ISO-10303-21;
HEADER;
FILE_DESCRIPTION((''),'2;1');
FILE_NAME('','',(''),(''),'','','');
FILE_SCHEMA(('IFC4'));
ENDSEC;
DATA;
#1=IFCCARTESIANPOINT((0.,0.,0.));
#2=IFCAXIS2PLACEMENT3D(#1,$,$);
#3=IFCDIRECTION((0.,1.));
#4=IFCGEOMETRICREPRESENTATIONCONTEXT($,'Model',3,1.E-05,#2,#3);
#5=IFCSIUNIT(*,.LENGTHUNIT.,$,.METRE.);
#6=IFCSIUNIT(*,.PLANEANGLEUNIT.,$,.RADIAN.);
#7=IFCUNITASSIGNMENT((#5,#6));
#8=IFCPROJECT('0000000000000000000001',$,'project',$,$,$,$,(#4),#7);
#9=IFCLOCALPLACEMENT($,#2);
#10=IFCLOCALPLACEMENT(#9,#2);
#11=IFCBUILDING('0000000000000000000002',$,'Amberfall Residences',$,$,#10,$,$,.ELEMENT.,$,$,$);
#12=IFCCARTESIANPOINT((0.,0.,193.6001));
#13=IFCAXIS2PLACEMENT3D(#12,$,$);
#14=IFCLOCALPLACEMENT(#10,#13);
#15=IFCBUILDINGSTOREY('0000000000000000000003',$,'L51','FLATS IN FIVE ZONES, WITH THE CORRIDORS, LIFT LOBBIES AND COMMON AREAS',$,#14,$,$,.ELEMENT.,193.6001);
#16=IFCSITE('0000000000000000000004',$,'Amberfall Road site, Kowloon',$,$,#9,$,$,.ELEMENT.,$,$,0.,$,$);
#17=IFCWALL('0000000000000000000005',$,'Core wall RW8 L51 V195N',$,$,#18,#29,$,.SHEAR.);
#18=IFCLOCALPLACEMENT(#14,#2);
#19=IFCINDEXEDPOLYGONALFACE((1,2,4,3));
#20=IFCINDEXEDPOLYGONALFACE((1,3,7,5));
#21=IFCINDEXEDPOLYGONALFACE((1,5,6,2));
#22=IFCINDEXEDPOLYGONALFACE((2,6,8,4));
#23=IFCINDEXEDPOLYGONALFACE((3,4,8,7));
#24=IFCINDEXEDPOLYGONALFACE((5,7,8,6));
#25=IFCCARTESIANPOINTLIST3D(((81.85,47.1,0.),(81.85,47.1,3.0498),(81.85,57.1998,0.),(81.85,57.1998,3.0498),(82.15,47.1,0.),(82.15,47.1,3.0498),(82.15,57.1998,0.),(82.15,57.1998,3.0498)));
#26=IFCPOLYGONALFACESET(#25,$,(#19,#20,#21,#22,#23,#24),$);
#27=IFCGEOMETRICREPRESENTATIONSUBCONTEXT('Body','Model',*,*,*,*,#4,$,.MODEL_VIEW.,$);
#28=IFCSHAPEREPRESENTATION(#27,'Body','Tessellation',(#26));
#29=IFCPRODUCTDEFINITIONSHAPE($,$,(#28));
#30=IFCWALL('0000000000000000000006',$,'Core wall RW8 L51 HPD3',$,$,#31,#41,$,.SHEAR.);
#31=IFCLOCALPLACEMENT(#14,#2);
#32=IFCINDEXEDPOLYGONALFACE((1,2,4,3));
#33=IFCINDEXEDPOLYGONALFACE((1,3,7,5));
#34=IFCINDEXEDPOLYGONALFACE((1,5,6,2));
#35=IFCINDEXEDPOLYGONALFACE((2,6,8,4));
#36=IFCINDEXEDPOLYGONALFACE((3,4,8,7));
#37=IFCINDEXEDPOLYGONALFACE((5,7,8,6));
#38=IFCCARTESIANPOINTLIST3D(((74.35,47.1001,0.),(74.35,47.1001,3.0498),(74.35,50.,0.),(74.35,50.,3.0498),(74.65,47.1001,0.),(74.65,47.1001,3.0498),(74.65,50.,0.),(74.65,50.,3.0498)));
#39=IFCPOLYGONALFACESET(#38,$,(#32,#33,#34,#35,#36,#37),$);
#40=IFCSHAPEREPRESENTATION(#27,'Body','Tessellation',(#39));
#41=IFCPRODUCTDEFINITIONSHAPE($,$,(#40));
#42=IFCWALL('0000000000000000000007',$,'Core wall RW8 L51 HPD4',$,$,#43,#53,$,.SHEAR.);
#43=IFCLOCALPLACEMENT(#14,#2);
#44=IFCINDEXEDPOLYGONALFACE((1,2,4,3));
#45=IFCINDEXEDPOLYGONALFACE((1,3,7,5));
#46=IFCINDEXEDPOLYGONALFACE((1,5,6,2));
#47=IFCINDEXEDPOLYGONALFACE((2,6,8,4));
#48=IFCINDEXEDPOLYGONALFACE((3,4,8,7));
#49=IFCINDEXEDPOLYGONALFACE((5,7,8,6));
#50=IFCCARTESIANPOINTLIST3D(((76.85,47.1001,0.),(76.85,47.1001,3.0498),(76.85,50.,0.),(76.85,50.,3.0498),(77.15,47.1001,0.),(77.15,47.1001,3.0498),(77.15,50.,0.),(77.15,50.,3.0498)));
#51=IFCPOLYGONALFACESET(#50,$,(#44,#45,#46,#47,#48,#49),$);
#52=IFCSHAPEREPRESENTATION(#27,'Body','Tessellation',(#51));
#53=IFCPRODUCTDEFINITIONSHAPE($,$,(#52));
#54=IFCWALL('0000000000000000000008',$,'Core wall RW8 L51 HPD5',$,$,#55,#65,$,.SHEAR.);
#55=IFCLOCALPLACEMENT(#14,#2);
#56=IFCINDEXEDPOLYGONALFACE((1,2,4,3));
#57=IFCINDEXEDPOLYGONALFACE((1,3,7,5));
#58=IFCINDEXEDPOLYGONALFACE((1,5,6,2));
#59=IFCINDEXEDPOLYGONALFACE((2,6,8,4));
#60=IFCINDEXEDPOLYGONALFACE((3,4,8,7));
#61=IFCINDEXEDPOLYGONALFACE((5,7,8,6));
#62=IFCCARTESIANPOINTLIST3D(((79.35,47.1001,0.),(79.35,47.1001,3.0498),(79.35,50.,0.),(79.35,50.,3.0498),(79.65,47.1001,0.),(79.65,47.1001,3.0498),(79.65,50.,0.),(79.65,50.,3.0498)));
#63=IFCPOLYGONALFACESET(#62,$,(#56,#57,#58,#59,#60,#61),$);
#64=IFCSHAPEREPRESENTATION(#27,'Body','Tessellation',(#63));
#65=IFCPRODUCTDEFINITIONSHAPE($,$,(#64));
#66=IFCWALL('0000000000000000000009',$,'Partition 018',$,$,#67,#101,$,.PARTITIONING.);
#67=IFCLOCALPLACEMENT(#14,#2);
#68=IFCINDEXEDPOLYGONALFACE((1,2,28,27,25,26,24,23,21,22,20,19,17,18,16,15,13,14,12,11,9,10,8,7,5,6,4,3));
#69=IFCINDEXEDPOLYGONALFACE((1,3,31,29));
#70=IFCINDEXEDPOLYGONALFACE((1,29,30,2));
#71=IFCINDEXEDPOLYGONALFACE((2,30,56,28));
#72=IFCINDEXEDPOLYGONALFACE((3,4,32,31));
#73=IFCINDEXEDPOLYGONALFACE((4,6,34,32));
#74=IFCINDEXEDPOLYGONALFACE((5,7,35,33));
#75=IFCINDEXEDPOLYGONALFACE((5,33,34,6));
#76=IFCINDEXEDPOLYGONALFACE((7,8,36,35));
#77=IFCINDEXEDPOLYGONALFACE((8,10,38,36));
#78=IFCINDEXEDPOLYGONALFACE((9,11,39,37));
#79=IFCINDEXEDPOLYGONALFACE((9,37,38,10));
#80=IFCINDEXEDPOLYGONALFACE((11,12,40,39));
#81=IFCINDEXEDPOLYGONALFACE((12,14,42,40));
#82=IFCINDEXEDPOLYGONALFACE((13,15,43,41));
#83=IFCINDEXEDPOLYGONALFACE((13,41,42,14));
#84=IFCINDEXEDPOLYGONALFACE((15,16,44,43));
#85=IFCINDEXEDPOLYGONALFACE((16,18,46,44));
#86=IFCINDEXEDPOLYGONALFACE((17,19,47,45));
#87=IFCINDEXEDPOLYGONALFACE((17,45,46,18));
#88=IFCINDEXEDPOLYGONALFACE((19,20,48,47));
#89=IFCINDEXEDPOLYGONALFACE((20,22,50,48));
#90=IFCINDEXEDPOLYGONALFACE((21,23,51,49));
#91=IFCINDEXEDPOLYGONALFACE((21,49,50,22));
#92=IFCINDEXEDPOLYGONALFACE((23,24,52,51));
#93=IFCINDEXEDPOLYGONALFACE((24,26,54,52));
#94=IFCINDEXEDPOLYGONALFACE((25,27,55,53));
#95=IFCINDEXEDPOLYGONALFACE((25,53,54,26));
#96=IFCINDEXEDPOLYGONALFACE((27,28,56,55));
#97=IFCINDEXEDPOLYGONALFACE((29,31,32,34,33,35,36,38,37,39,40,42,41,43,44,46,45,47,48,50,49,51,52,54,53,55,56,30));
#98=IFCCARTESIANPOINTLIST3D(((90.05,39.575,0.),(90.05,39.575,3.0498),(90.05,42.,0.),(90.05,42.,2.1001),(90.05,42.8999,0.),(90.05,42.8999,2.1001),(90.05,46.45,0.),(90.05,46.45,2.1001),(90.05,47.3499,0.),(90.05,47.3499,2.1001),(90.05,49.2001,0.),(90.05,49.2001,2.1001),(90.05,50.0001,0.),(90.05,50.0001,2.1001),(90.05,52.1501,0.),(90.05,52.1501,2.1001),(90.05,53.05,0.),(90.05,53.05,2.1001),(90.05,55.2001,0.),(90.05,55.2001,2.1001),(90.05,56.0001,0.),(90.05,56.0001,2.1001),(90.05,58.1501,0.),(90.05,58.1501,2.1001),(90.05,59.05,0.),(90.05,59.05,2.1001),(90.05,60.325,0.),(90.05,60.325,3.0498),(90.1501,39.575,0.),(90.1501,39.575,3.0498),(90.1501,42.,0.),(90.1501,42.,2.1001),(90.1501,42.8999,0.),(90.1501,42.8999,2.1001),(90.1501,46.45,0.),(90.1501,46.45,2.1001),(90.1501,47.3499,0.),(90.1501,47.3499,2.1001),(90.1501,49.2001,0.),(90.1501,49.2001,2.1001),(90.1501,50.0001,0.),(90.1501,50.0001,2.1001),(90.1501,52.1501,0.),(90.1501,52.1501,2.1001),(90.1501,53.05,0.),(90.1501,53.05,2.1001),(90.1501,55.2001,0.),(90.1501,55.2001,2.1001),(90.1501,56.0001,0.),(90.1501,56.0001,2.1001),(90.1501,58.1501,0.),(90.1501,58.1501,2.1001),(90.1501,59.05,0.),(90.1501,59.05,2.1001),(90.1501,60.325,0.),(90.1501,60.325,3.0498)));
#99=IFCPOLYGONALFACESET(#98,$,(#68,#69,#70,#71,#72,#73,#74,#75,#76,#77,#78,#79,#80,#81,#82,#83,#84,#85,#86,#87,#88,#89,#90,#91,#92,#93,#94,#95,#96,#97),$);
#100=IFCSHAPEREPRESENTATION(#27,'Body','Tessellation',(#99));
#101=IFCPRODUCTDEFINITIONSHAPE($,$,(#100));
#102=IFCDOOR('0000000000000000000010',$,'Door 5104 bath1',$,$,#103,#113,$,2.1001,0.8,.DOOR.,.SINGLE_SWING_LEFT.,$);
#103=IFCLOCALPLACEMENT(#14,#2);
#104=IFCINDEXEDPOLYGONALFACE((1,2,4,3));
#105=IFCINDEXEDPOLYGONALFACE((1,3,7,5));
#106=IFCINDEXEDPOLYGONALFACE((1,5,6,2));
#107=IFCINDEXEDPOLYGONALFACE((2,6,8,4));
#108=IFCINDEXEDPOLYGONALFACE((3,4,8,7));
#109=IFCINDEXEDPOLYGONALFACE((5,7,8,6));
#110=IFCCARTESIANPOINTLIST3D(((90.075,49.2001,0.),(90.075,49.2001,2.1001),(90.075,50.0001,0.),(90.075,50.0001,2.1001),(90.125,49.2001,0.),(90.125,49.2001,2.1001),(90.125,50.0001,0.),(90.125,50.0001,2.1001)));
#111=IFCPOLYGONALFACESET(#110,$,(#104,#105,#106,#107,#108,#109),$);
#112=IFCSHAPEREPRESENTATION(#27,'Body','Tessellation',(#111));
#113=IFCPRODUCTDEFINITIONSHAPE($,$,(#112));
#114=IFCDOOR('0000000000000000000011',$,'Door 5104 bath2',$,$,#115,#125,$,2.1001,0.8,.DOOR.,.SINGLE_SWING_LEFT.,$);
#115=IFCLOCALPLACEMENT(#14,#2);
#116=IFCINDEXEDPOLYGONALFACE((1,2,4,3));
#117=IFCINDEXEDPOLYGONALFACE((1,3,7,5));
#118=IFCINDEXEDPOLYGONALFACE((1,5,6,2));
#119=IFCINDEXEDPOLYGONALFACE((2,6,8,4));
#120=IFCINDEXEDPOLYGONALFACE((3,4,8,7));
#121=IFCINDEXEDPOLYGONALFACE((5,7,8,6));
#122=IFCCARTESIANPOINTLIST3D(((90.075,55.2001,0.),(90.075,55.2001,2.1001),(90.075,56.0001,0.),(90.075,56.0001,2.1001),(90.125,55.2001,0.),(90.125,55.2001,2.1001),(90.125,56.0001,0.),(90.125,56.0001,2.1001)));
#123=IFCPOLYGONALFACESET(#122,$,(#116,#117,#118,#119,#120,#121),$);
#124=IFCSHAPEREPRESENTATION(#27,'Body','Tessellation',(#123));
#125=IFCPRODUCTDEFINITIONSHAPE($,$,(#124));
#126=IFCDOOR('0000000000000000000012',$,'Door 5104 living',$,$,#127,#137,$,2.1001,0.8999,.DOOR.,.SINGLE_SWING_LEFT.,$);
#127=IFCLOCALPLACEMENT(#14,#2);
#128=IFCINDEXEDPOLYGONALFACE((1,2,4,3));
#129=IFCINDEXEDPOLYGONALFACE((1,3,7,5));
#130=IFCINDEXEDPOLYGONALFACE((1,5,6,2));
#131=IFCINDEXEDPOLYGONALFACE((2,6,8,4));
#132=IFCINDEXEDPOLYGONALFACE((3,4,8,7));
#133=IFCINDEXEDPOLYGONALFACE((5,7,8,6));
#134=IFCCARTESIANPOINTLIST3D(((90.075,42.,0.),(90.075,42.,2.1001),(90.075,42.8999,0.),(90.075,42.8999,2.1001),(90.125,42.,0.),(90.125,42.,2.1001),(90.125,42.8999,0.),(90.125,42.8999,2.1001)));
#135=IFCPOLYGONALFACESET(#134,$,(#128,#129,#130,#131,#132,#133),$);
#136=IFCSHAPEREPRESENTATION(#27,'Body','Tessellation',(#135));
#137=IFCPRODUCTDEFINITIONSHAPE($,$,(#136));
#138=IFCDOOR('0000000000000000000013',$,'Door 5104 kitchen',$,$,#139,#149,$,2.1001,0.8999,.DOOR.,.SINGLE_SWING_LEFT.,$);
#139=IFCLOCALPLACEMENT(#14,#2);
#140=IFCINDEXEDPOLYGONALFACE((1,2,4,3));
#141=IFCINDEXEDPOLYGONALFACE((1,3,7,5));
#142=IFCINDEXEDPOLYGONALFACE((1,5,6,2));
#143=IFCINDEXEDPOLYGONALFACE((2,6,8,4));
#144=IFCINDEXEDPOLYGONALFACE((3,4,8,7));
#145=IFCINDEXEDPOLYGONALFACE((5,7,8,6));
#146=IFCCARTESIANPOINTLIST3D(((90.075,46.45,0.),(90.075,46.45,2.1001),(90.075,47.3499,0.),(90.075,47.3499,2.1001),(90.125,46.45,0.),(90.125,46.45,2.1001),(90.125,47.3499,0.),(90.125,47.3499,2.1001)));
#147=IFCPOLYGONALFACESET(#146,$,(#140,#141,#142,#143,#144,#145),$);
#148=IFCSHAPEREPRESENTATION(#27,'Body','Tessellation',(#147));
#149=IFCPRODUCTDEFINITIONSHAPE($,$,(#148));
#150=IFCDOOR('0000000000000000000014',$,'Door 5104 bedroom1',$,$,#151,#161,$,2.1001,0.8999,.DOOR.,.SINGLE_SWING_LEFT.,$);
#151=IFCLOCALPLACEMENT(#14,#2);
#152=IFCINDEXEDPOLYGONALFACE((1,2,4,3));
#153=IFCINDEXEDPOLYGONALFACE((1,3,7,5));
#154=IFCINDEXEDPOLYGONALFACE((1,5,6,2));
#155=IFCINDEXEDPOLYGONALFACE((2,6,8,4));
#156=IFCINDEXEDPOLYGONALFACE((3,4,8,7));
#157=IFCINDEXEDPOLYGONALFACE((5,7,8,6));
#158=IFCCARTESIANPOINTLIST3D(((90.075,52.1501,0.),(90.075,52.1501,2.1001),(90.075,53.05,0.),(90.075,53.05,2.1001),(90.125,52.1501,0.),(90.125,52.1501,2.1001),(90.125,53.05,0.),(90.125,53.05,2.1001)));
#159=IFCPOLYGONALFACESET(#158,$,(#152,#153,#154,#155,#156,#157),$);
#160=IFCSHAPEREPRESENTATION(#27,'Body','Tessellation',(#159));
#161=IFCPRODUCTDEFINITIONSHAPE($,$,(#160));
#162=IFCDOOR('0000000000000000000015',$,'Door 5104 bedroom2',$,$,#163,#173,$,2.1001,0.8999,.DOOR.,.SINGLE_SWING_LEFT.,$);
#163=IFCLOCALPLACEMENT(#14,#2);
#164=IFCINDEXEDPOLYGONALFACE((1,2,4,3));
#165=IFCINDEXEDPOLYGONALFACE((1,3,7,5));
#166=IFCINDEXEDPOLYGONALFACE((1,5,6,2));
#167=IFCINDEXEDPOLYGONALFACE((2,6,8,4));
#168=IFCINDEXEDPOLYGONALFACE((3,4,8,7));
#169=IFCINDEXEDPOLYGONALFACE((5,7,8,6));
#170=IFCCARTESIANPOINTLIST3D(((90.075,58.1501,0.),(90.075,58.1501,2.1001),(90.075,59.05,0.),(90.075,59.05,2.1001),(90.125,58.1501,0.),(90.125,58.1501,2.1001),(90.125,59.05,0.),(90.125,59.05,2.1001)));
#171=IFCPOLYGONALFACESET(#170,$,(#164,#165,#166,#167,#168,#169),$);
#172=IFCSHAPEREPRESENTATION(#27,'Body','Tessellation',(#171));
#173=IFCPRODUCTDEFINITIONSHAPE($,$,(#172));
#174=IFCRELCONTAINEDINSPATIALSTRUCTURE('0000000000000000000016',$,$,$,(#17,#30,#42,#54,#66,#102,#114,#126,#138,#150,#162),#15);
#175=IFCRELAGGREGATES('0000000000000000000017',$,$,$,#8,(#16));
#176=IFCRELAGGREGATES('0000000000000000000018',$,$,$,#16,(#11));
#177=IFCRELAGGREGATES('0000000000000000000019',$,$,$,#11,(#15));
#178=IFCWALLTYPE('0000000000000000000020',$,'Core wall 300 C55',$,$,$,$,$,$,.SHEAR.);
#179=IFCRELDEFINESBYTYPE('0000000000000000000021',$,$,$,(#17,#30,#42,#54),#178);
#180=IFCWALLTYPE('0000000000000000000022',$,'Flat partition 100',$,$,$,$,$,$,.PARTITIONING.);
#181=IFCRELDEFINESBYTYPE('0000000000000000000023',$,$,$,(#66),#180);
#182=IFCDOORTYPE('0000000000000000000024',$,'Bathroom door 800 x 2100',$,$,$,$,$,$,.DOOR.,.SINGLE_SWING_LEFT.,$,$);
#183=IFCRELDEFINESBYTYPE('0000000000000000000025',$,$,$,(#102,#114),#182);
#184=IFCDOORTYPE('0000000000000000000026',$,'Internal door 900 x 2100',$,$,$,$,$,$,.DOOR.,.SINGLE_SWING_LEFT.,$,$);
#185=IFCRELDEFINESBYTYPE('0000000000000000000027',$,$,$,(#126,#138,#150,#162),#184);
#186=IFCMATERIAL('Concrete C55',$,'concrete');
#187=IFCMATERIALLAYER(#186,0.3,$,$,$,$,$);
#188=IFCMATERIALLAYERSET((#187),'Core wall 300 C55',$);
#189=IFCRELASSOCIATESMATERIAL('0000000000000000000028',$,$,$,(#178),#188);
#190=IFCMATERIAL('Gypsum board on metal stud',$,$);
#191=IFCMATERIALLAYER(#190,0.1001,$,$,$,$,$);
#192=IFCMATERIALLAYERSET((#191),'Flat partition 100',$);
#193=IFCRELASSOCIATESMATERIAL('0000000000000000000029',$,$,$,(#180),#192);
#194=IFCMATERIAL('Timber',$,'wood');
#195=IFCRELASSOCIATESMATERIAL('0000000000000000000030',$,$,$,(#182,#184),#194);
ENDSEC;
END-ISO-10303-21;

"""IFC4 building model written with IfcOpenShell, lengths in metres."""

from ifc_helpers import new_model, si_unit, direction, frame, frame_2d, origin, place, context, subcontext, project, spatial, rectangle, extrude, material, layer, layer_set, type_object, element, fill, save


model = new_model("IFC4")

# Units and contexts
model_context = context("Model", 3, precision=1e-05, world=origin(), true_north=direction((0.0, 1.0)))
body_context = subcontext(model_context, "Body", "Model", "MODEL_VIEW")
ifc_project = project(units=[si_unit("LENGTHUNIT", "METRE"), si_unit("PLANEANGLEUNIT", "RADIAN")], contexts=[model_context])

# Site, building, storey
site_placement = place(None, origin())
site = spatial("IfcSite", under=ifc_project, at=site_placement, Name="Amberfall Road site, Kowloon", CompositionType="ELEMENT", RefElevation=0.0)
building_placement = place(site_placement, origin())
building = spatial("IfcBuilding", under=site, at=building_placement, Name="Amberfall Residences", CompositionType="ELEMENT")
storey_placement = place(building_placement, frame((0.0, 0.0, 193.6001)))
storey = spatial("IfcBuildingStorey", under=building, at=storey_placement, Name="L51", Description="FLATS IN FIVE ZONES, WITH THE CORRIDORS, LIFT LOBBIES AND COMMON AREAS", CompositionType="ELEMENT", Elevation=193.6001)

# Walls
ifc_material_1 = material(Name="Concrete C55", Category="concrete")
ifc_layer_1 = layer(ifc_material_1, 0.3)
ifc_layer_set_1 = layer_set([ifc_layer_1], Name="Core wall 300 C55")
wall_type_1 = type_object("IfcWallType", Name="Core wall 300 C55", PredefinedType="SHEAR", material=ifc_layer_set_1)
wall_1_placement = place(storey_placement, frame((82.0, 47.1001, 0.0), z_axis=(0.0, 0.0, 1.0), x_axis=(0.0, 1.0, 0.0)))
element("IfcWall", 1, at=wall_1_placement, inside=storey, type_object=wall_type_1, Name="Core wall RW8 L51 V195N", PredefinedType="SHEAR", context=body_context, shape_type="SweptSolid", body=[
    extrude(rectangle(XDim=10.0999, YDim=0.3, at=frame_2d((5.0498, 0.0))), origin(), (0.0, 0.0, 1.0), 3.0498),
])
for number, where, z_axis, x_axis, name in (
    (2, (74.5, 47.1001, 0.0), (0.0, 0.0, 1.0), (0.0, 1.0, 0.0), "Core wall RW8 L51 HPD3"),
    (3, (77.0, 47.1001, 0.0), (0.0, 0.0, 1.0), (0.0, 1.0, 0.0), "Core wall RW8 L51 HPD4"),
    (4, (79.5, 47.1001, 0.0), (0.0, 0.0, 1.0), (0.0, 1.0, 0.0), "Core wall RW8 L51 HPD5"),
):
    element("IfcWall", number, at=place(storey_placement, frame(where, z_axis=z_axis, x_axis=x_axis)), inside=storey, type_object=wall_type_1, Name=name, PredefinedType="SHEAR", context=body_context, shape_type="SweptSolid", body=[
        extrude(rectangle(XDim=2.8999, YDim=0.3, at=frame_2d((1.45, 0.0))), origin(), (0.0, 0.0, 1.0), 3.0498),
    ])

# Wall, openings, doors
ifc_material_2 = material(Name="Gypsum board on metal stud")
ifc_layer_2 = layer(ifc_material_2, 0.1001)
ifc_layer_set_2 = layer_set([ifc_layer_2], Name="Flat partition 100")
wall_type_2 = type_object("IfcWallType", Name="Flat partition 100", PredefinedType="PARTITIONING", material=ifc_layer_set_2)
wall_2_placement = place(storey_placement, frame((90.1001, 60.325, 0.0), z_axis=(0.0, 0.0, 1.0), x_axis=(0.0, -1.0, 0.0)))
wall_2 = element("IfcWall", 5, at=wall_2_placement, inside=storey, type_object=wall_type_2, Name="Partition 018", PredefinedType="PARTITIONING", context=body_context, shape_type="SweptSolid", body=[
    extrude(rectangle(XDim=20.75, YDim=0.1001, at=frame_2d((10.375, 0.0))), origin(), (0.0, 0.0, 1.0), 3.0498),
])
opening_1_placement = place(wall_2_placement, frame((17.425, 0.0, 0.0)))
opening_1 = element("IfcOpeningElement", 6, at=opening_1_placement, cuts=wall_2, PredefinedType="OPENING", context=body_context, shape_type="SweptSolid", body=[
    extrude(rectangle(XDim=0.8999, YDim=2.1001, at=frame_2d((0.45, 1.05))), frame((0.0, 0.0601, 0.0), z_axis=(0.0, -1.0, 0.0), x_axis=(1.0, 0.0, 0.0)), (0.0, 0.0, 1.0), 0.1201),
])
opening_2_placement = place(wall_2_placement, frame((12.9751, 0.0, 0.0)))
opening_2 = element("IfcOpeningElement", 7, at=opening_2_placement, cuts=wall_2, PredefinedType="OPENING", context=body_context, shape_type="SweptSolid", body=[
    extrude(rectangle(XDim=0.8999, YDim=2.1001, at=frame_2d((0.45, 1.05))), frame((0.0, 0.0601, 0.0), z_axis=(0.0, -1.0, 0.0), x_axis=(1.0, 0.0, 0.0)), (0.0, 0.0, 1.0), 0.1201),
])
opening_3_placement = place(wall_2_placement, frame((7.2749, 0.0, 0.0)))
opening_3 = element("IfcOpeningElement", 8, at=opening_3_placement, cuts=wall_2, PredefinedType="OPENING", context=body_context, shape_type="SweptSolid", body=[
    extrude(rectangle(XDim=0.8999, YDim=2.1001, at=frame_2d((0.45, 1.05))), frame((0.0, 0.0601, 0.0), z_axis=(0.0, -1.0, 0.0), x_axis=(1.0, 0.0, 0.0)), (0.0, 0.0, 1.0), 0.1201),
])
opening_4_placement = place(wall_2_placement, frame((1.2749, 0.0, 0.0)))
opening_4 = element("IfcOpeningElement", 9, at=opening_4_placement, cuts=wall_2, PredefinedType="OPENING", context=body_context, shape_type="SweptSolid", body=[
    extrude(rectangle(XDim=0.8999, YDim=2.1001, at=frame_2d((0.45, 1.05))), frame((0.0, 0.0601, 0.0), z_axis=(0.0, -1.0, 0.0), x_axis=(1.0, 0.0, 0.0)), (0.0, 0.0, 1.0), 0.1201),
])
opening_5_placement = place(wall_2_placement, frame((10.325, 0.0, 0.0)))
opening_5 = element("IfcOpeningElement", 10, at=opening_5_placement, cuts=wall_2, PredefinedType="OPENING", context=body_context, shape_type="SweptSolid", body=[
    extrude(rectangle(XDim=0.8, YDim=2.1001, at=frame_2d((0.3999, 1.05))), frame((0.0, 0.0601, 0.0), z_axis=(0.0, -1.0, 0.0), x_axis=(1.0, 0.0, 0.0)), (0.0, 0.0, 1.0), 0.1201),
])
opening_6_placement = place(wall_2_placement, frame((4.325, 0.0, 0.0)))
opening_6 = element("IfcOpeningElement", 11, at=opening_6_placement, cuts=wall_2, PredefinedType="OPENING", context=body_context, shape_type="SweptSolid", body=[
    extrude(rectangle(XDim=0.8, YDim=2.1001, at=frame_2d((0.3999, 1.05))), frame((0.0, 0.0601, 0.0), z_axis=(0.0, -1.0, 0.0), x_axis=(1.0, 0.0, 0.0)), (0.0, 0.0, 1.0), 0.1201),
])
ifc_material_3 = material(Name="Timber", Category="wood")
door_type_1 = type_object("IfcDoorType", Name="Bathroom door 800 x 2100", OperationType="SINGLE_SWING_LEFT", PredefinedType="DOOR", material=ifc_material_3)
door_1_placement = place(opening_5_placement, origin())
door_1 = element("IfcDoor", 12, at=door_1_placement, inside=storey, type_object=door_type_1, Name="Door 5104 bath1", OperationType="SINGLE_SWING_LEFT", OverallHeight=2.1001, OverallWidth=0.8, PredefinedType="DOOR", context=body_context, shape_type="SweptSolid", body=[
    extrude(rectangle(XDim=0.8, YDim=2.1001, at=frame_2d((0.3999, 1.05))), frame((0.0, 0.0249, 0.0), z_axis=(0.0, -1.0, 0.0), x_axis=(1.0, 0.0, 0.0)), (0.0, 0.0, 1.0), 0.05),
])
fill(opening_5, door_1)
door_2_placement = place(opening_6_placement, origin())
door_2 = element("IfcDoor", 13, at=door_2_placement, inside=storey, type_object=door_type_1, Name="Door 5104 bath2", OperationType="SINGLE_SWING_LEFT", OverallHeight=2.1001, OverallWidth=0.8, PredefinedType="DOOR", context=body_context, shape_type="SweptSolid", body=[
    extrude(rectangle(XDim=0.8, YDim=2.1001, at=frame_2d((0.3999, 1.05))), frame((0.0, 0.0249, 0.0), z_axis=(0.0, -1.0, 0.0), x_axis=(1.0, 0.0, 0.0)), (0.0, 0.0, 1.0), 0.05),
])
fill(opening_6, door_2)
door_type_2 = type_object("IfcDoorType", Name="Internal door 900 x 2100", OperationType="SINGLE_SWING_LEFT", PredefinedType="DOOR", material=ifc_material_3)
door_3_placement = place(opening_1_placement, origin())
door_3 = element("IfcDoor", 14, at=door_3_placement, inside=storey, type_object=door_type_2, Name="Door 5104 living", OperationType="SINGLE_SWING_LEFT", OverallHeight=2.1001, OverallWidth=0.8999, PredefinedType="DOOR", context=body_context, shape_type="SweptSolid", body=[
    extrude(rectangle(XDim=0.8999, YDim=2.1001, at=frame_2d((0.45, 1.05))), frame((0.0, 0.0249, 0.0), z_axis=(0.0, -1.0, 0.0), x_axis=(1.0, 0.0, 0.0)), (0.0, 0.0, 1.0), 0.05),
])
fill(opening_1, door_3)
door_4_placement = place(opening_2_placement, origin())
door_4 = element("IfcDoor", 15, at=door_4_placement, inside=storey, type_object=door_type_2, Name="Door 5104 kitchen", OperationType="SINGLE_SWING_LEFT", OverallHeight=2.1001, OverallWidth=0.8999, PredefinedType="DOOR", context=body_context, shape_type="SweptSolid", body=[
    extrude(rectangle(XDim=0.8999, YDim=2.1001, at=frame_2d((0.45, 1.05))), frame((0.0, 0.0249, 0.0), z_axis=(0.0, -1.0, 0.0), x_axis=(1.0, 0.0, 0.0)), (0.0, 0.0, 1.0), 0.05),
])
fill(opening_2, door_4)
door_5_placement = place(opening_3_placement, origin())
door_5 = element("IfcDoor", 16, at=door_5_placement, inside=storey, type_object=door_type_2, Name="Door 5104 bedroom1", OperationType="SINGLE_SWING_LEFT", OverallHeight=2.1001, OverallWidth=0.8999, PredefinedType="DOOR", context=body_context, shape_type="SweptSolid", body=[
    extrude(rectangle(XDim=0.8999, YDim=2.1001, at=frame_2d((0.45, 1.05))), frame((0.0, 0.0249, 0.0), z_axis=(0.0, -1.0, 0.0), x_axis=(1.0, 0.0, 0.0)), (0.0, 0.0, 1.0), 0.05),
])
fill(opening_3, door_5)
door_6_placement = place(opening_4_placement, origin())
door_6 = element("IfcDoor", 17, at=door_6_placement, inside=storey, type_object=door_type_2, Name="Door 5104 bedroom2", OperationType="SINGLE_SWING_LEFT", OverallHeight=2.1001, OverallWidth=0.8999, PredefinedType="DOOR", context=body_context, shape_type="SweptSolid", body=[
    extrude(rectangle(XDim=0.8999, YDim=2.1001, at=frame_2d((0.45, 1.05))), frame((0.0, 0.0249, 0.0), z_axis=(0.0, -1.0, 0.0), x_axis=(1.0, 0.0, 0.0)), (0.0, 0.0, 1.0), 0.05),
])
fill(opening_4, door_6)

save(model, "model.ifc")
